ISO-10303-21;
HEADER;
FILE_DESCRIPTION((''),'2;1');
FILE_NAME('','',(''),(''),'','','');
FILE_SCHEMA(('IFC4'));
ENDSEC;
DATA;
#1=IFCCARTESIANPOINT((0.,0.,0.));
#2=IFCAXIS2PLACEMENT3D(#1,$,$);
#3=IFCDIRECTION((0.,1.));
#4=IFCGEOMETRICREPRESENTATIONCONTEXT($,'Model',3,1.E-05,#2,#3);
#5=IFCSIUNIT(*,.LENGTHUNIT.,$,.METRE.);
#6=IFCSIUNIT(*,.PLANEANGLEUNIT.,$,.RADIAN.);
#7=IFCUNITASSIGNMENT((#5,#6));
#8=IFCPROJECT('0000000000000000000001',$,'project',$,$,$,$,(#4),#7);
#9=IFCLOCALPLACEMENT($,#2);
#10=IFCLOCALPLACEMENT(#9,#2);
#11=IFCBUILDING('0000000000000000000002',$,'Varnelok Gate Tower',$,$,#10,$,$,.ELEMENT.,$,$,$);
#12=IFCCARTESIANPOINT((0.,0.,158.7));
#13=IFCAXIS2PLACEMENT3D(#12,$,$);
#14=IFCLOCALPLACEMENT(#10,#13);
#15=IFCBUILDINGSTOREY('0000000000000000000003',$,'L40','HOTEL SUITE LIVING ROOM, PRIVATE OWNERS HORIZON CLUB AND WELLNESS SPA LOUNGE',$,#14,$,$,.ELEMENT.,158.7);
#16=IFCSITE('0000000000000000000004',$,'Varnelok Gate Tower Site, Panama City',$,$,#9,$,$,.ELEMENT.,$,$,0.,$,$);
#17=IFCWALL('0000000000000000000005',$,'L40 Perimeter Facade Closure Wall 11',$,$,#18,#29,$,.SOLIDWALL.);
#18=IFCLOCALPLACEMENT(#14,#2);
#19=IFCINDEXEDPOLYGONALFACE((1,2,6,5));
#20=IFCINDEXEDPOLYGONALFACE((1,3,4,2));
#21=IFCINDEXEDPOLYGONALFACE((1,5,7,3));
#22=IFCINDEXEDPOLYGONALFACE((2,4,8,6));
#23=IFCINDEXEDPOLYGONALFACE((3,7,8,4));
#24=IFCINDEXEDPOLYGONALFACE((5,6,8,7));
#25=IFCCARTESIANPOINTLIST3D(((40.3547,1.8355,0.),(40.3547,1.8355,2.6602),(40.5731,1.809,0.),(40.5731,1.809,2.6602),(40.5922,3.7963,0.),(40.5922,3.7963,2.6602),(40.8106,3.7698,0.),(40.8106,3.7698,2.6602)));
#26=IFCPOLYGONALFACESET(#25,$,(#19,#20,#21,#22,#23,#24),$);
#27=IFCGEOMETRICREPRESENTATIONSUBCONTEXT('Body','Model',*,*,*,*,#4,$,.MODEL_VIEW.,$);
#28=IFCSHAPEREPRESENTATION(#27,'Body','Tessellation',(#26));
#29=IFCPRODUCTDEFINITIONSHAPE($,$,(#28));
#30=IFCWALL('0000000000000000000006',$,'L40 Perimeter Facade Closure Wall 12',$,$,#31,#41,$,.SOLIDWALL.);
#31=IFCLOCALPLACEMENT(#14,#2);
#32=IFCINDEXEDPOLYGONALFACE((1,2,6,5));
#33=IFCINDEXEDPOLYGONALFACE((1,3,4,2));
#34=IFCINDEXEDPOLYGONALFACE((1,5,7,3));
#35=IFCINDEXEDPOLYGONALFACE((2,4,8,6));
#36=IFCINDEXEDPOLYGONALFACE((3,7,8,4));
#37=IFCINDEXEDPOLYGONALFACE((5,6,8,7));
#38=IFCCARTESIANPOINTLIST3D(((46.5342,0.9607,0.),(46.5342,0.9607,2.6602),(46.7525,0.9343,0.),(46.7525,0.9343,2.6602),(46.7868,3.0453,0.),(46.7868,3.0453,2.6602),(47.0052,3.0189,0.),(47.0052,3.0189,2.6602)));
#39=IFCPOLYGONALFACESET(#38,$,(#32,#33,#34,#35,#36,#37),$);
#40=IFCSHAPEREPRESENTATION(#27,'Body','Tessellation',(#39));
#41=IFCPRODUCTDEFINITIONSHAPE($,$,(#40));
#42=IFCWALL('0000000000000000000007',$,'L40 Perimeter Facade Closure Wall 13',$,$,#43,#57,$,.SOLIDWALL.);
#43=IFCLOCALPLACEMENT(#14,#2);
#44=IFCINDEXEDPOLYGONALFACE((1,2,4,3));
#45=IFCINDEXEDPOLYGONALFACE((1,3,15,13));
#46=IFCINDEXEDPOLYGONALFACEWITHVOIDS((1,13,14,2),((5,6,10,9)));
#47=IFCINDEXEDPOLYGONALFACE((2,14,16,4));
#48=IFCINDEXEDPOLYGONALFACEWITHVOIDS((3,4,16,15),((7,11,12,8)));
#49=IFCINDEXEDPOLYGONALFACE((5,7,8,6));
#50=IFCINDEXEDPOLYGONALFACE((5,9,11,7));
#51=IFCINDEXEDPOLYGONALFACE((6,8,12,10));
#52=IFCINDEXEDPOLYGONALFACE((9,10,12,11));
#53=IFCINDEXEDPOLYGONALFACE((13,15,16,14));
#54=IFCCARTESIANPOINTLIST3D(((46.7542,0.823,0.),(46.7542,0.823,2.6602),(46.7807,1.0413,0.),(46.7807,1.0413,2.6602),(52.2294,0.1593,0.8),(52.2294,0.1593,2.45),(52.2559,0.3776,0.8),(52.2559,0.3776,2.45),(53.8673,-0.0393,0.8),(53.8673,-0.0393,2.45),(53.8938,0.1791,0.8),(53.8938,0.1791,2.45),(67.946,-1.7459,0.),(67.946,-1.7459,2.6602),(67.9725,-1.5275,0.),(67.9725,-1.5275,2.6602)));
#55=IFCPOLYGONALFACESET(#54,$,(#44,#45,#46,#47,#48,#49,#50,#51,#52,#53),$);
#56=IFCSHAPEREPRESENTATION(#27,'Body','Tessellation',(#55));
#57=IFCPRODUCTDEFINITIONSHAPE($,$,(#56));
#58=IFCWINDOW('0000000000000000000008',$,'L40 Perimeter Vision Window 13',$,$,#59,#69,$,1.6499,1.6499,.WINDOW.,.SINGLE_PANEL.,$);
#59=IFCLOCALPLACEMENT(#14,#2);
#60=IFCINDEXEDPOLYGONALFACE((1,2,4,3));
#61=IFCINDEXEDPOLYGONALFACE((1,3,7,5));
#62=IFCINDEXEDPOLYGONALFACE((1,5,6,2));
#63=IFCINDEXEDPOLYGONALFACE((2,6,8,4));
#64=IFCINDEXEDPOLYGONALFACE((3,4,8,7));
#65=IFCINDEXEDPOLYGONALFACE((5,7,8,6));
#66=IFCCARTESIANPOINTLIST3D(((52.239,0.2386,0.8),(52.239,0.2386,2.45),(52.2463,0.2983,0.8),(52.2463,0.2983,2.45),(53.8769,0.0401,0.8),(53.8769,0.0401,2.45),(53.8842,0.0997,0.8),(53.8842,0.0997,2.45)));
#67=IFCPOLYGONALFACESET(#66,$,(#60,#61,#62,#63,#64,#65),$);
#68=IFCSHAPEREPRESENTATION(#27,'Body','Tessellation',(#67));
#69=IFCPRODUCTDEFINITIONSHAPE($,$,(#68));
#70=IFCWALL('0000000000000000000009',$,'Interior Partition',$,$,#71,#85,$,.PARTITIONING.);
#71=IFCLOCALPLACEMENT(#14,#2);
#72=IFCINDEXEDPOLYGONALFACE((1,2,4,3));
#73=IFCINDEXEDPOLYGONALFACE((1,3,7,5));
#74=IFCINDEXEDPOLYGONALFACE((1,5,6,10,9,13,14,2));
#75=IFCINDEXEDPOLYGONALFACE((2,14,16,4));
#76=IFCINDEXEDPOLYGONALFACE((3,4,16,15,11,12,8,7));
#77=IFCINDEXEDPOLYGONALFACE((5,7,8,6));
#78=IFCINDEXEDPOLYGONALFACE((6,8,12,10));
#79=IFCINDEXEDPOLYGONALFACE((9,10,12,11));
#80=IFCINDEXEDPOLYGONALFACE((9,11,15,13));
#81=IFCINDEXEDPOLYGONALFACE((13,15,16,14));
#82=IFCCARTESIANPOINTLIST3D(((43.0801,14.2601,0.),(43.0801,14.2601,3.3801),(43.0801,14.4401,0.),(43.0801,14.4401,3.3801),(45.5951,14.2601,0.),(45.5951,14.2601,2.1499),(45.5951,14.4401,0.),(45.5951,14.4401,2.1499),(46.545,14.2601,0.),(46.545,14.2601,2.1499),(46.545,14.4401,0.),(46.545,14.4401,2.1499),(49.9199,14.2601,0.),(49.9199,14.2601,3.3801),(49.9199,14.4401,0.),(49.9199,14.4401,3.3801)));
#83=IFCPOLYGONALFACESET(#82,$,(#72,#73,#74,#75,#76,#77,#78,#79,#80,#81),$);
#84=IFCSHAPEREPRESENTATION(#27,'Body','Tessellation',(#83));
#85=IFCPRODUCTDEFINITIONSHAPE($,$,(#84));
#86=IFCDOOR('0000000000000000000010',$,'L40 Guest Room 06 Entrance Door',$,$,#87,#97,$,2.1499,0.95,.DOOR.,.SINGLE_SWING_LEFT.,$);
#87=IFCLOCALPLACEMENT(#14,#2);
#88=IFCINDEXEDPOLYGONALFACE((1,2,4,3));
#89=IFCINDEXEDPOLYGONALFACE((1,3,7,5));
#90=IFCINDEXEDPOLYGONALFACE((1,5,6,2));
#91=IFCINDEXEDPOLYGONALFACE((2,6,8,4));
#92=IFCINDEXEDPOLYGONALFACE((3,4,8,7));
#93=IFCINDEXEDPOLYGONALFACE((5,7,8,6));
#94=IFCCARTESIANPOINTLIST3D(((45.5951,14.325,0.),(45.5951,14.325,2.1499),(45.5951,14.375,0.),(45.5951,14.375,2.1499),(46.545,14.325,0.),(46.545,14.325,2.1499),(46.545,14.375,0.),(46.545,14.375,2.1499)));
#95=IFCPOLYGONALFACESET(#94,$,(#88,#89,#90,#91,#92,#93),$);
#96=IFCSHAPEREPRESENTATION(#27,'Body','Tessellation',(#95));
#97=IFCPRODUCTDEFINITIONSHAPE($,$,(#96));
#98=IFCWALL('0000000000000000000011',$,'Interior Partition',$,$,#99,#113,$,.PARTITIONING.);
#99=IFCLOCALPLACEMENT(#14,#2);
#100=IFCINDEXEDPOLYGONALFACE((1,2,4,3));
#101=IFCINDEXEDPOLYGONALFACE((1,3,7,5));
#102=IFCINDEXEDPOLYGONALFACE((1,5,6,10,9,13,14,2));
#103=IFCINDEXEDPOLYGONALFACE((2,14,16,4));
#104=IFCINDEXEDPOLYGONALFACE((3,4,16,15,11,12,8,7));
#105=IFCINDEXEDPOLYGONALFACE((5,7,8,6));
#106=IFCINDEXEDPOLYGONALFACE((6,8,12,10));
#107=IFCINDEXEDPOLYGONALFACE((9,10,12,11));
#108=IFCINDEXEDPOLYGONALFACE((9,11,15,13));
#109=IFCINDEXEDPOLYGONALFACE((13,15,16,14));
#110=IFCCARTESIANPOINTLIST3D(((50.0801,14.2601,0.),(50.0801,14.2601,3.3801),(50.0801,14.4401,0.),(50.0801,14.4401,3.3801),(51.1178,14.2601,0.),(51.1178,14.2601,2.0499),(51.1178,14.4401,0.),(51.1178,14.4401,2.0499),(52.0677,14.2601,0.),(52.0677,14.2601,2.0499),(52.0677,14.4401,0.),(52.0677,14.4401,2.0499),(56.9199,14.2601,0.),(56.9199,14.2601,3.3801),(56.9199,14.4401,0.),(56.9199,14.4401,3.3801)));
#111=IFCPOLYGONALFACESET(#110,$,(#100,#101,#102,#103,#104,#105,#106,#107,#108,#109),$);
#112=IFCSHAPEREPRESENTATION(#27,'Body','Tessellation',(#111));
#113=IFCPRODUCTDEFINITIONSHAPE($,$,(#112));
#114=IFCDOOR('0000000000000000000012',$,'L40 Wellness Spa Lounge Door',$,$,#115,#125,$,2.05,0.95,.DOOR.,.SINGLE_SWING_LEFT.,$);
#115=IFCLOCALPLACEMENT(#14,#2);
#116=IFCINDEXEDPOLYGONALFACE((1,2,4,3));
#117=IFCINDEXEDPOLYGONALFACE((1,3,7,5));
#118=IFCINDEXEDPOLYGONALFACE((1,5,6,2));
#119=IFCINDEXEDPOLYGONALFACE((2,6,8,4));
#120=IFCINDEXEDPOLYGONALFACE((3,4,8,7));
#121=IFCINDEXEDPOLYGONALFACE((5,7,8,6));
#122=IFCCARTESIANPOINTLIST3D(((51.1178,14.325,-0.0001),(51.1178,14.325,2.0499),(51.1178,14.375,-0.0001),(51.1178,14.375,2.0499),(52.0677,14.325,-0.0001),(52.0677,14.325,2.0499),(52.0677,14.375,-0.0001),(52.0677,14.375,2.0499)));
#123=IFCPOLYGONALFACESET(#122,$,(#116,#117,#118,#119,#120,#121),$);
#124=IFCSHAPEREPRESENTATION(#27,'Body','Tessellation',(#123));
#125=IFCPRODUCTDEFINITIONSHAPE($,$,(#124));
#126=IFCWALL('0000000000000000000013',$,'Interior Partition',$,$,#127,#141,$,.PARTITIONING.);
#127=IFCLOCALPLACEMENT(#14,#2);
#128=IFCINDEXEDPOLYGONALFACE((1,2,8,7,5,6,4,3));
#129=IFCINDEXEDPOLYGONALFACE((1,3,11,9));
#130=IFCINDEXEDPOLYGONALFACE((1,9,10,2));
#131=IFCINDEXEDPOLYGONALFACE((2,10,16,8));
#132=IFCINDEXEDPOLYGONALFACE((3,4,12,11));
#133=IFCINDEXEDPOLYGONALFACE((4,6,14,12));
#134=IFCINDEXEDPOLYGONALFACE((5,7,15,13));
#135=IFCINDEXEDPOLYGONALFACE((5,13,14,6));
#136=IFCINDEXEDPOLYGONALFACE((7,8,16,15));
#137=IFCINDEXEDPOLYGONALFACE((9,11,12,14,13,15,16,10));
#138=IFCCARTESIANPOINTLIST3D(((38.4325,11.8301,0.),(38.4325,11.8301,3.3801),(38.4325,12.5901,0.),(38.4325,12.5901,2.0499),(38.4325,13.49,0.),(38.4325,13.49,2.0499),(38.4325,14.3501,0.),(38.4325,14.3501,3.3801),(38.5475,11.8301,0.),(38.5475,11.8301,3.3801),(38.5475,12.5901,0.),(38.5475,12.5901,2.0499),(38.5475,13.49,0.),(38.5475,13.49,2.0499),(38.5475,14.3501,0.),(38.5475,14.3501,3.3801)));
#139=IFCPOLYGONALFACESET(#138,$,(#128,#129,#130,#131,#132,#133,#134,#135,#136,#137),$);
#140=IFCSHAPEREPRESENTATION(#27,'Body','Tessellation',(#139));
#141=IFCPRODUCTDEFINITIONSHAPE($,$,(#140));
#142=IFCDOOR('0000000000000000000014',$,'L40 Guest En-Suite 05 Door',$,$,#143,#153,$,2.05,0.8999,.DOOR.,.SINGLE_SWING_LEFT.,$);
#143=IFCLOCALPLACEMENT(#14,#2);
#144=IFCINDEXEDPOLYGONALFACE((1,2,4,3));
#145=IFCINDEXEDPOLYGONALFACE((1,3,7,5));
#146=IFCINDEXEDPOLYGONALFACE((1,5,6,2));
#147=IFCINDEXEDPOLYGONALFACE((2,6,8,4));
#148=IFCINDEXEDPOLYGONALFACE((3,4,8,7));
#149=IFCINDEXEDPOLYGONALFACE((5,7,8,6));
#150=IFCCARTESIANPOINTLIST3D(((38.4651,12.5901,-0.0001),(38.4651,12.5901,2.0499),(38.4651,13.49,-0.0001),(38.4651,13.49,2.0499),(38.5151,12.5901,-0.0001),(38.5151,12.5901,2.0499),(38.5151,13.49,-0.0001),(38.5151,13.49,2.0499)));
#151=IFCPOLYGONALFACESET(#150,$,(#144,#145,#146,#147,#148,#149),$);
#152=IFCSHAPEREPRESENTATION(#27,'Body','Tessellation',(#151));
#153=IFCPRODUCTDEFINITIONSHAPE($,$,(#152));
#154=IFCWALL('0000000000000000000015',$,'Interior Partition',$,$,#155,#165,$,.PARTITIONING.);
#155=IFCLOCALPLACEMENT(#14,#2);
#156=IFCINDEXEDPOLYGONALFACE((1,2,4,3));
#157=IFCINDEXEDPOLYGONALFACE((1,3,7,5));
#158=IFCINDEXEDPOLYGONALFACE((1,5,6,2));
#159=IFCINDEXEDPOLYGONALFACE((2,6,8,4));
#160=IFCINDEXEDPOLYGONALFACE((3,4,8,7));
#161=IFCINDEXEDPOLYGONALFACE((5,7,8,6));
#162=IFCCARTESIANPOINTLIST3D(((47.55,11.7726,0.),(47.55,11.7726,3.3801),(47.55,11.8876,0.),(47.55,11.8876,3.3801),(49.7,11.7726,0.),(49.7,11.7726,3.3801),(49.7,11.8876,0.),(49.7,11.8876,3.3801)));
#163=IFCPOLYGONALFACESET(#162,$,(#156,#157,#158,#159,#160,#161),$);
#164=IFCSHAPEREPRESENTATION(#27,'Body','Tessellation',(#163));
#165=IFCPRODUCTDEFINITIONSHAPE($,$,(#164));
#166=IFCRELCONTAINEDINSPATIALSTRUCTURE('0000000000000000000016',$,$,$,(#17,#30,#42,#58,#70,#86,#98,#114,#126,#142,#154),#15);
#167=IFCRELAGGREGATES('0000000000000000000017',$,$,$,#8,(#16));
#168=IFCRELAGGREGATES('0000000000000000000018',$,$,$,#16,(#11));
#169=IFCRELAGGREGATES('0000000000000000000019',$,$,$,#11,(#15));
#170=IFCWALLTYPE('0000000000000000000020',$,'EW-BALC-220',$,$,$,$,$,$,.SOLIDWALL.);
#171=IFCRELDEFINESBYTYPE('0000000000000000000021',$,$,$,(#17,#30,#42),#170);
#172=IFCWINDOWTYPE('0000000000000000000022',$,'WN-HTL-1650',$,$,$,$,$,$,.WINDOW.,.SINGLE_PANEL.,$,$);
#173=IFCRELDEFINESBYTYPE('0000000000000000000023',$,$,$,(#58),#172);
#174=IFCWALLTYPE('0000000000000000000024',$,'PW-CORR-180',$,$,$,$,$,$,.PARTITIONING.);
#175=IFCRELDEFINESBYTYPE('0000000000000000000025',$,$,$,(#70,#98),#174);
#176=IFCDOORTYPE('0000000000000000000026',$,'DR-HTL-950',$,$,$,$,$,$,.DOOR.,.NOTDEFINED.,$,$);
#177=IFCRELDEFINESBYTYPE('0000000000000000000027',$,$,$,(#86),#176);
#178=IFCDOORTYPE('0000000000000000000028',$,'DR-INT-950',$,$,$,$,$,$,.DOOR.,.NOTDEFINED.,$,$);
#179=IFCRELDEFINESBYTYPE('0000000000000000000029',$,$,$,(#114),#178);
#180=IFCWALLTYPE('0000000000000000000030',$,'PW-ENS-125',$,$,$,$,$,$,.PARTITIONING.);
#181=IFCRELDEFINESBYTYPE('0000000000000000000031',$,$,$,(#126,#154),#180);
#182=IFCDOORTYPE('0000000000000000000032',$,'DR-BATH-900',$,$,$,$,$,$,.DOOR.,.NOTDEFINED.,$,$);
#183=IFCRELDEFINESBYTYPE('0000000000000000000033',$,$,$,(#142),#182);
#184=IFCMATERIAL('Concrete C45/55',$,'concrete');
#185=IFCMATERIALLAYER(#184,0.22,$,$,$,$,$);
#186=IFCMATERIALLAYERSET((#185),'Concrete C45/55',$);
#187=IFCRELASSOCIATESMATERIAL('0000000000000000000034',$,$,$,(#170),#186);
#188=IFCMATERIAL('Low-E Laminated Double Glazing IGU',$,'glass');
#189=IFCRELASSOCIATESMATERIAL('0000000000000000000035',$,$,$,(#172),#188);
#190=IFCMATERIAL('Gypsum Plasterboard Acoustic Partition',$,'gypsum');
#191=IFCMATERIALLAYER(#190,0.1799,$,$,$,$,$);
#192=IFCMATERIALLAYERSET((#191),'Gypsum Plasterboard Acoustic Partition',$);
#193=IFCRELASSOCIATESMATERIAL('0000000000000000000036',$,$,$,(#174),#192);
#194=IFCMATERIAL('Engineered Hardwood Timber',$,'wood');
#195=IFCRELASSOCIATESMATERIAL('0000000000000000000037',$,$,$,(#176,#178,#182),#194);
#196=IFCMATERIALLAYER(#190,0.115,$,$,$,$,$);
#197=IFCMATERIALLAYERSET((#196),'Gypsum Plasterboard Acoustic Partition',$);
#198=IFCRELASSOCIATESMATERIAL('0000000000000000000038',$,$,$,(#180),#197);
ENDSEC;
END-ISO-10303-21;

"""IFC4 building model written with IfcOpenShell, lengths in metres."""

from ifc_helpers import new_model, si_unit, direction, frame, frame_2d, origin, place, context, subcontext, project, spatial, rectangle, extrude, material, layer, layer_set, type_object, element, fill, save


model = new_model("IFC4")

# Units and contexts
model_context = context("Model", 3, precision=1e-05, world=origin(), true_north=direction((0.0, 1.0)))
body_context = subcontext(model_context, "Body", "Model", "MODEL_VIEW")
ifc_project = project(units=[si_unit("LENGTHUNIT", "METRE"), si_unit("PLANEANGLEUNIT", "RADIAN")], contexts=[model_context])

# Site, building, storey
site_placement = place(None, origin())
site = spatial("IfcSite", under=ifc_project, at=site_placement, Name="Varnelok Gate Tower Site, Panama City", CompositionType="ELEMENT", RefElevation=0.0)
building_placement = place(site_placement, origin())
building = spatial("IfcBuilding", under=site, at=building_placement, Name="Varnelok Gate Tower", CompositionType="ELEMENT")
storey_placement = place(building_placement, frame((0.0, 0.0, 158.7)))
storey = spatial("IfcBuildingStorey", under=building, at=storey_placement, Name="L40", Description="HOTEL SUITE LIVING ROOM, PRIVATE OWNERS HORIZON CLUB AND WELLNESS SPA LOUNGE", CompositionType="ELEMENT", Elevation=158.7)

# Shared definitions
ifc_material_1 = material(Name="Concrete C45/55", Category="concrete")
ifc_layer_1 = layer(ifc_material_1, 0.22)
ifc_layer_set_1 = layer_set([ifc_layer_1], Name="Concrete C45/55")
wall_type_1 = type_object("IfcWallType", Name="EW-BALC-220", PredefinedType="SOLIDWALL", material=ifc_layer_set_1)

# Walls
wall_1_placement = place(storey_placement, frame((40.4639, 1.8223, 0.0), z_axis=(0.0, 0.0, 1.0), x_axis=(0.120276, 0.99274, 0.0)))
element("IfcWall", 1, at=wall_1_placement, inside=storey, type_object=wall_type_1, Name="L40 Perimeter Facade Closure Wall 11", PredefinedType="SOLIDWALL", context=body_context, shape_type="SweptSolid", body=[
    extrude(rectangle(XDim=1.9751, YDim=0.22, at=frame_2d((0.9875, 0.0))), origin(), (0.0, 0.0, 1.0), 2.6602),
])
wall_2_placement = place(storey_placement, frame((46.896, 3.032, 0.0), z_axis=(0.0, 0.0, 1.0), x_axis=(-0.120328, -0.992734, 0.0)))
element("IfcWall", 2, at=wall_2_placement, inside=storey, type_object=wall_type_1, Name="L40 Perimeter Facade Closure Wall 12", PredefinedType="SOLIDWALL", context=body_context, shape_type="SweptSolid", body=[
    extrude(rectangle(XDim=2.0999, YDim=0.22, at=frame_2d((1.0498, 0.0))), origin(), (0.0, 0.0, 1.0), 2.6602),
])

# Wall, opening, window
wall_3_placement = place(storey_placement, frame((46.7676, 0.9321, 0.0), z_axis=(0.0, 0.0, 1.0), x_axis=(0.992733, -0.120338, 0.0)))
wall_3 = element("IfcWall", 3, at=wall_3_placement, inside=storey, type_object=wall_type_1, Name="L40 Perimeter Facade Closure Wall 13", PredefinedType="SOLIDWALL", context=body_context, shape_type="SweptSolid", body=[
    extrude(rectangle(XDim=21.3469, YDim=0.22, at=frame_2d((10.6733, 0.0))), origin(), (0.0, 0.0, 1.0), 2.6602),
])
opening_1_placement = place(wall_3_placement, frame((5.5151, 0.0, 0.8)))
opening_1 = element("IfcOpeningElement", 4, at=opening_1_placement, cuts=wall_3, PredefinedType="OPENING", context=body_context, shape_type="SweptSolid", body=[
    extrude(rectangle(XDim=1.6499, YDim=1.6499, at=frame_2d((0.825, 0.825))), frame((0.0, 0.1199, 0.0), z_axis=(0.0, -1.0, 0.0), x_axis=(1.0, 0.0, 0.0)), (0.0, 0.0, 1.0), 0.24),
])
ifc_material_2 = material(Name="Low-E Laminated Double Glazing IGU", Category="glass")
window_type = type_object("IfcWindowType", Name="WN-HTL-1650", PartitioningType="SINGLE_PANEL", PredefinedType="WINDOW", material=ifc_material_2)
window_placement = place(opening_1_placement, origin())
window = element("IfcWindow", 5, at=window_placement, inside=storey, type_object=window_type, Name="L40 Perimeter Vision Window 13", OverallHeight=1.6499, OverallWidth=1.6499, PartitioningType="SINGLE_PANEL", PredefinedType="WINDOW", context=body_context, shape_type="SweptSolid", body=[
    extrude(rectangle(XDim=1.6499, YDim=1.6499, at=frame_2d((0.825, 0.825))), frame((0.0, 0.03, 0.0), z_axis=(0.0, -1.0, 0.0), x_axis=(1.0, 0.0, 0.0)), (0.0, 0.0, 1.0), 0.0601),
])
fill(opening_1, window)

# Walls, openings, doors
ifc_material_3 = material(Name="Gypsum Plasterboard Acoustic Partition", Category="gypsum")
ifc_layer_2 = layer(ifc_material_3, 0.1799)
ifc_layer_set_2 = layer_set([ifc_layer_2], Name="Gypsum Plasterboard Acoustic Partition")
wall_type_2 = type_object("IfcWallType", Name="PW-CORR-180", PredefinedType="PARTITIONING", material=ifc_layer_set_2)
wall_4_placement = place(storey_placement, frame((43.0801, 14.3501, 0.0), z_axis=(0.0, 0.0, 1.0), x_axis=(1.0, 0.0, 0.0)))
wall_4 = element("IfcWall", 6, at=wall_4_placement, inside=storey, type_object=wall_type_2, Name="Interior Partition", PredefinedType="PARTITIONING", context=body_context, shape_type="SweptSolid", body=[
    extrude(rectangle(XDim=6.8398, YDim=0.1799, at=frame_2d((3.4199, 0.0))), origin(), (0.0, 0.0, 1.0), 3.3801),
])
opening_2_placement = place(wall_4_placement, frame((2.5149, 0.0, 0.0)))
opening_2 = element("IfcOpeningElement", 7, at=opening_2_placement, cuts=wall_4, PredefinedType="OPENING", context=body_context, shape_type="SweptSolid", body=[
    extrude(rectangle(XDim=0.95, YDim=2.1499, at=frame_2d((0.4751, 1.075))), frame((0.0, 0.0999, 0.0), z_axis=(0.0, -1.0, 0.0), x_axis=(1.0, 0.0, 0.0)), (0.0, 0.0, 1.0), 0.2),
])
ifc_material_4 = material(Name="Engineered Hardwood Timber", Category="wood")
door_type_1 = type_object("IfcDoorType", Name="DR-HTL-950", OperationType="NOTDEFINED", PredefinedType="DOOR", material=ifc_material_4)
door_1_placement = place(opening_2_placement, origin())
door_1 = element("IfcDoor", 8, at=door_1_placement, inside=storey, type_object=door_type_1, Name="L40 Guest Room 06 Entrance Door", OperationType="SINGLE_SWING_LEFT", OverallHeight=2.1499, OverallWidth=0.95, PredefinedType="DOOR", context=body_context, shape_type="SweptSolid", body=[
    extrude(rectangle(XDim=0.95, YDim=2.1499, at=frame_2d((0.4751, 1.075))), frame((0.0, 0.0249, 0.0), z_axis=(0.0, -1.0, 0.0), x_axis=(1.0, 0.0, 0.0)), (0.0, 0.0, 1.0), 0.05),
])
fill(opening_2, door_1)
wall_5_placement = place(storey_placement, frame((50.0801, 14.3501, 0.0), z_axis=(0.0, 0.0, 1.0), x_axis=(1.0, 0.0, 0.0)))
wall_5 = element("IfcWall", 9, at=wall_5_placement, inside=storey, type_object=wall_type_2, Name="Interior Partition", PredefinedType="PARTITIONING", context=body_context, shape_type="SweptSolid", body=[
    extrude(rectangle(XDim=6.8398, YDim=0.1799, at=frame_2d((3.4199, 0.0))), origin(), (0.0, 0.0, 1.0), 3.3801),
])
opening_3_placement = place(wall_5_placement, frame((1.0376, 0.0, 0.0)))
opening_3 = element("IfcOpeningElement", 10, at=opening_3_placement, cuts=wall_5, PredefinedType="OPENING", context=body_context, shape_type="SweptSolid", body=[
    extrude(rectangle(XDim=0.95, YDim=2.05, at=frame_2d((0.4751, 1.0249))), frame((0.0, 0.0999, 0.0), z_axis=(0.0, -1.0, 0.0), x_axis=(1.0, 0.0, 0.0)), (0.0, 0.0, 1.0), 0.2),
])
door_type_2 = type_object("IfcDoorType", Name="DR-INT-950", OperationType="NOTDEFINED", PredefinedType="DOOR", material=ifc_material_4)
door_2_placement = place(opening_3_placement, origin())
door_2 = element("IfcDoor", 11, at=door_2_placement, inside=storey, type_object=door_type_2, Name="L40 Wellness Spa Lounge Door", OperationType="SINGLE_SWING_LEFT", OverallHeight=2.05, OverallWidth=0.95, PredefinedType="DOOR", context=body_context, shape_type="SweptSolid", body=[
    extrude(rectangle(XDim=0.95, YDim=2.05, at=frame_2d((0.4751, 1.0249))), frame((0.0, 0.0249, 0.0), z_axis=(0.0, -1.0, 0.0), x_axis=(1.0, 0.0, 0.0)), (0.0, 0.0, 1.0), 0.05),
])
fill(opening_3, door_2)
ifc_layer_3 = layer(ifc_material_3, 0.115)
ifc_layer_set_3 = layer_set([ifc_layer_3], Name="Gypsum Plasterboard Acoustic Partition")
wall_type_3 = type_object("IfcWallType", Name="PW-ENS-125", PredefinedType="PARTITIONING", material=ifc_layer_set_3)
wall_6_placement = place(storey_placement, frame((38.49, 11.8301, 0.0), z_axis=(0.0, 0.0, 1.0), x_axis=(0.0, 1.0, 0.0)))
wall_6 = element("IfcWall", 12, at=wall_6_placement, inside=storey, type_object=wall_type_3, Name="Interior Partition", PredefinedType="PARTITIONING", context=body_context, shape_type="SweptSolid", body=[
    extrude(rectangle(XDim=2.52, YDim=0.115, at=frame_2d((1.26, 0.0))), origin(), (0.0, 0.0, 1.0), 3.3801),
])
opening_4_placement = place(wall_6_placement, frame((0.76, 0.0, 0.0)))
opening_4 = element("IfcOpeningElement", 13, at=opening_4_placement, cuts=wall_6, PredefinedType="OPENING", context=body_context, shape_type="SweptSolid", body=[
    extrude(rectangle(XDim=0.8999, YDim=2.05, at=frame_2d((0.45, 1.0249))), frame((0.0, 0.0674, 0.0), z_axis=(0.0, -1.0, 0.0), x_axis=(1.0, 0.0, 0.0)), (0.0, 0.0, 1.0), 0.135),
])
door_type_3 = type_object("IfcDoorType", Name="DR-BATH-900", OperationType="NOTDEFINED", PredefinedType="DOOR", material=ifc_material_4)
door_3_placement = place(opening_4_placement, origin())
door_3 = element("IfcDoor", 14, at=door_3_placement, inside=storey, type_object=door_type_3, Name="L40 Guest En-Suite 05 Door", OperationType="SINGLE_SWING_LEFT", OverallHeight=2.05, OverallWidth=0.8999, PredefinedType="DOOR", context=body_context, shape_type="SweptSolid", body=[
    extrude(rectangle(XDim=0.8999, YDim=2.05, at=frame_2d((0.45, 1.0249))), frame((0.0, 0.0249, 0.0), z_axis=(0.0, -1.0, 0.0), x_axis=(1.0, 0.0, 0.0)), (0.0, 0.0, 1.0), 0.05),
])
fill(opening_4, door_3)

# Wall
wall_7_placement = place(storey_placement, frame((47.55, 11.8301, 0.0), z_axis=(0.0, 0.0, 1.0), x_axis=(1.0, 0.0, 0.0)))
element("IfcWall", 15, at=wall_7_placement, inside=storey, type_object=wall_type_3, Name="Interior Partition", PredefinedType="PARTITIONING", context=body_context, shape_type="SweptSolid", body=[
    extrude(rectangle(XDim=2.1499, YDim=0.115, at=frame_2d((1.075, 0.0))), origin(), (0.0, 0.0, 1.0), 3.3801),
])

save(model, "model.ifc")
